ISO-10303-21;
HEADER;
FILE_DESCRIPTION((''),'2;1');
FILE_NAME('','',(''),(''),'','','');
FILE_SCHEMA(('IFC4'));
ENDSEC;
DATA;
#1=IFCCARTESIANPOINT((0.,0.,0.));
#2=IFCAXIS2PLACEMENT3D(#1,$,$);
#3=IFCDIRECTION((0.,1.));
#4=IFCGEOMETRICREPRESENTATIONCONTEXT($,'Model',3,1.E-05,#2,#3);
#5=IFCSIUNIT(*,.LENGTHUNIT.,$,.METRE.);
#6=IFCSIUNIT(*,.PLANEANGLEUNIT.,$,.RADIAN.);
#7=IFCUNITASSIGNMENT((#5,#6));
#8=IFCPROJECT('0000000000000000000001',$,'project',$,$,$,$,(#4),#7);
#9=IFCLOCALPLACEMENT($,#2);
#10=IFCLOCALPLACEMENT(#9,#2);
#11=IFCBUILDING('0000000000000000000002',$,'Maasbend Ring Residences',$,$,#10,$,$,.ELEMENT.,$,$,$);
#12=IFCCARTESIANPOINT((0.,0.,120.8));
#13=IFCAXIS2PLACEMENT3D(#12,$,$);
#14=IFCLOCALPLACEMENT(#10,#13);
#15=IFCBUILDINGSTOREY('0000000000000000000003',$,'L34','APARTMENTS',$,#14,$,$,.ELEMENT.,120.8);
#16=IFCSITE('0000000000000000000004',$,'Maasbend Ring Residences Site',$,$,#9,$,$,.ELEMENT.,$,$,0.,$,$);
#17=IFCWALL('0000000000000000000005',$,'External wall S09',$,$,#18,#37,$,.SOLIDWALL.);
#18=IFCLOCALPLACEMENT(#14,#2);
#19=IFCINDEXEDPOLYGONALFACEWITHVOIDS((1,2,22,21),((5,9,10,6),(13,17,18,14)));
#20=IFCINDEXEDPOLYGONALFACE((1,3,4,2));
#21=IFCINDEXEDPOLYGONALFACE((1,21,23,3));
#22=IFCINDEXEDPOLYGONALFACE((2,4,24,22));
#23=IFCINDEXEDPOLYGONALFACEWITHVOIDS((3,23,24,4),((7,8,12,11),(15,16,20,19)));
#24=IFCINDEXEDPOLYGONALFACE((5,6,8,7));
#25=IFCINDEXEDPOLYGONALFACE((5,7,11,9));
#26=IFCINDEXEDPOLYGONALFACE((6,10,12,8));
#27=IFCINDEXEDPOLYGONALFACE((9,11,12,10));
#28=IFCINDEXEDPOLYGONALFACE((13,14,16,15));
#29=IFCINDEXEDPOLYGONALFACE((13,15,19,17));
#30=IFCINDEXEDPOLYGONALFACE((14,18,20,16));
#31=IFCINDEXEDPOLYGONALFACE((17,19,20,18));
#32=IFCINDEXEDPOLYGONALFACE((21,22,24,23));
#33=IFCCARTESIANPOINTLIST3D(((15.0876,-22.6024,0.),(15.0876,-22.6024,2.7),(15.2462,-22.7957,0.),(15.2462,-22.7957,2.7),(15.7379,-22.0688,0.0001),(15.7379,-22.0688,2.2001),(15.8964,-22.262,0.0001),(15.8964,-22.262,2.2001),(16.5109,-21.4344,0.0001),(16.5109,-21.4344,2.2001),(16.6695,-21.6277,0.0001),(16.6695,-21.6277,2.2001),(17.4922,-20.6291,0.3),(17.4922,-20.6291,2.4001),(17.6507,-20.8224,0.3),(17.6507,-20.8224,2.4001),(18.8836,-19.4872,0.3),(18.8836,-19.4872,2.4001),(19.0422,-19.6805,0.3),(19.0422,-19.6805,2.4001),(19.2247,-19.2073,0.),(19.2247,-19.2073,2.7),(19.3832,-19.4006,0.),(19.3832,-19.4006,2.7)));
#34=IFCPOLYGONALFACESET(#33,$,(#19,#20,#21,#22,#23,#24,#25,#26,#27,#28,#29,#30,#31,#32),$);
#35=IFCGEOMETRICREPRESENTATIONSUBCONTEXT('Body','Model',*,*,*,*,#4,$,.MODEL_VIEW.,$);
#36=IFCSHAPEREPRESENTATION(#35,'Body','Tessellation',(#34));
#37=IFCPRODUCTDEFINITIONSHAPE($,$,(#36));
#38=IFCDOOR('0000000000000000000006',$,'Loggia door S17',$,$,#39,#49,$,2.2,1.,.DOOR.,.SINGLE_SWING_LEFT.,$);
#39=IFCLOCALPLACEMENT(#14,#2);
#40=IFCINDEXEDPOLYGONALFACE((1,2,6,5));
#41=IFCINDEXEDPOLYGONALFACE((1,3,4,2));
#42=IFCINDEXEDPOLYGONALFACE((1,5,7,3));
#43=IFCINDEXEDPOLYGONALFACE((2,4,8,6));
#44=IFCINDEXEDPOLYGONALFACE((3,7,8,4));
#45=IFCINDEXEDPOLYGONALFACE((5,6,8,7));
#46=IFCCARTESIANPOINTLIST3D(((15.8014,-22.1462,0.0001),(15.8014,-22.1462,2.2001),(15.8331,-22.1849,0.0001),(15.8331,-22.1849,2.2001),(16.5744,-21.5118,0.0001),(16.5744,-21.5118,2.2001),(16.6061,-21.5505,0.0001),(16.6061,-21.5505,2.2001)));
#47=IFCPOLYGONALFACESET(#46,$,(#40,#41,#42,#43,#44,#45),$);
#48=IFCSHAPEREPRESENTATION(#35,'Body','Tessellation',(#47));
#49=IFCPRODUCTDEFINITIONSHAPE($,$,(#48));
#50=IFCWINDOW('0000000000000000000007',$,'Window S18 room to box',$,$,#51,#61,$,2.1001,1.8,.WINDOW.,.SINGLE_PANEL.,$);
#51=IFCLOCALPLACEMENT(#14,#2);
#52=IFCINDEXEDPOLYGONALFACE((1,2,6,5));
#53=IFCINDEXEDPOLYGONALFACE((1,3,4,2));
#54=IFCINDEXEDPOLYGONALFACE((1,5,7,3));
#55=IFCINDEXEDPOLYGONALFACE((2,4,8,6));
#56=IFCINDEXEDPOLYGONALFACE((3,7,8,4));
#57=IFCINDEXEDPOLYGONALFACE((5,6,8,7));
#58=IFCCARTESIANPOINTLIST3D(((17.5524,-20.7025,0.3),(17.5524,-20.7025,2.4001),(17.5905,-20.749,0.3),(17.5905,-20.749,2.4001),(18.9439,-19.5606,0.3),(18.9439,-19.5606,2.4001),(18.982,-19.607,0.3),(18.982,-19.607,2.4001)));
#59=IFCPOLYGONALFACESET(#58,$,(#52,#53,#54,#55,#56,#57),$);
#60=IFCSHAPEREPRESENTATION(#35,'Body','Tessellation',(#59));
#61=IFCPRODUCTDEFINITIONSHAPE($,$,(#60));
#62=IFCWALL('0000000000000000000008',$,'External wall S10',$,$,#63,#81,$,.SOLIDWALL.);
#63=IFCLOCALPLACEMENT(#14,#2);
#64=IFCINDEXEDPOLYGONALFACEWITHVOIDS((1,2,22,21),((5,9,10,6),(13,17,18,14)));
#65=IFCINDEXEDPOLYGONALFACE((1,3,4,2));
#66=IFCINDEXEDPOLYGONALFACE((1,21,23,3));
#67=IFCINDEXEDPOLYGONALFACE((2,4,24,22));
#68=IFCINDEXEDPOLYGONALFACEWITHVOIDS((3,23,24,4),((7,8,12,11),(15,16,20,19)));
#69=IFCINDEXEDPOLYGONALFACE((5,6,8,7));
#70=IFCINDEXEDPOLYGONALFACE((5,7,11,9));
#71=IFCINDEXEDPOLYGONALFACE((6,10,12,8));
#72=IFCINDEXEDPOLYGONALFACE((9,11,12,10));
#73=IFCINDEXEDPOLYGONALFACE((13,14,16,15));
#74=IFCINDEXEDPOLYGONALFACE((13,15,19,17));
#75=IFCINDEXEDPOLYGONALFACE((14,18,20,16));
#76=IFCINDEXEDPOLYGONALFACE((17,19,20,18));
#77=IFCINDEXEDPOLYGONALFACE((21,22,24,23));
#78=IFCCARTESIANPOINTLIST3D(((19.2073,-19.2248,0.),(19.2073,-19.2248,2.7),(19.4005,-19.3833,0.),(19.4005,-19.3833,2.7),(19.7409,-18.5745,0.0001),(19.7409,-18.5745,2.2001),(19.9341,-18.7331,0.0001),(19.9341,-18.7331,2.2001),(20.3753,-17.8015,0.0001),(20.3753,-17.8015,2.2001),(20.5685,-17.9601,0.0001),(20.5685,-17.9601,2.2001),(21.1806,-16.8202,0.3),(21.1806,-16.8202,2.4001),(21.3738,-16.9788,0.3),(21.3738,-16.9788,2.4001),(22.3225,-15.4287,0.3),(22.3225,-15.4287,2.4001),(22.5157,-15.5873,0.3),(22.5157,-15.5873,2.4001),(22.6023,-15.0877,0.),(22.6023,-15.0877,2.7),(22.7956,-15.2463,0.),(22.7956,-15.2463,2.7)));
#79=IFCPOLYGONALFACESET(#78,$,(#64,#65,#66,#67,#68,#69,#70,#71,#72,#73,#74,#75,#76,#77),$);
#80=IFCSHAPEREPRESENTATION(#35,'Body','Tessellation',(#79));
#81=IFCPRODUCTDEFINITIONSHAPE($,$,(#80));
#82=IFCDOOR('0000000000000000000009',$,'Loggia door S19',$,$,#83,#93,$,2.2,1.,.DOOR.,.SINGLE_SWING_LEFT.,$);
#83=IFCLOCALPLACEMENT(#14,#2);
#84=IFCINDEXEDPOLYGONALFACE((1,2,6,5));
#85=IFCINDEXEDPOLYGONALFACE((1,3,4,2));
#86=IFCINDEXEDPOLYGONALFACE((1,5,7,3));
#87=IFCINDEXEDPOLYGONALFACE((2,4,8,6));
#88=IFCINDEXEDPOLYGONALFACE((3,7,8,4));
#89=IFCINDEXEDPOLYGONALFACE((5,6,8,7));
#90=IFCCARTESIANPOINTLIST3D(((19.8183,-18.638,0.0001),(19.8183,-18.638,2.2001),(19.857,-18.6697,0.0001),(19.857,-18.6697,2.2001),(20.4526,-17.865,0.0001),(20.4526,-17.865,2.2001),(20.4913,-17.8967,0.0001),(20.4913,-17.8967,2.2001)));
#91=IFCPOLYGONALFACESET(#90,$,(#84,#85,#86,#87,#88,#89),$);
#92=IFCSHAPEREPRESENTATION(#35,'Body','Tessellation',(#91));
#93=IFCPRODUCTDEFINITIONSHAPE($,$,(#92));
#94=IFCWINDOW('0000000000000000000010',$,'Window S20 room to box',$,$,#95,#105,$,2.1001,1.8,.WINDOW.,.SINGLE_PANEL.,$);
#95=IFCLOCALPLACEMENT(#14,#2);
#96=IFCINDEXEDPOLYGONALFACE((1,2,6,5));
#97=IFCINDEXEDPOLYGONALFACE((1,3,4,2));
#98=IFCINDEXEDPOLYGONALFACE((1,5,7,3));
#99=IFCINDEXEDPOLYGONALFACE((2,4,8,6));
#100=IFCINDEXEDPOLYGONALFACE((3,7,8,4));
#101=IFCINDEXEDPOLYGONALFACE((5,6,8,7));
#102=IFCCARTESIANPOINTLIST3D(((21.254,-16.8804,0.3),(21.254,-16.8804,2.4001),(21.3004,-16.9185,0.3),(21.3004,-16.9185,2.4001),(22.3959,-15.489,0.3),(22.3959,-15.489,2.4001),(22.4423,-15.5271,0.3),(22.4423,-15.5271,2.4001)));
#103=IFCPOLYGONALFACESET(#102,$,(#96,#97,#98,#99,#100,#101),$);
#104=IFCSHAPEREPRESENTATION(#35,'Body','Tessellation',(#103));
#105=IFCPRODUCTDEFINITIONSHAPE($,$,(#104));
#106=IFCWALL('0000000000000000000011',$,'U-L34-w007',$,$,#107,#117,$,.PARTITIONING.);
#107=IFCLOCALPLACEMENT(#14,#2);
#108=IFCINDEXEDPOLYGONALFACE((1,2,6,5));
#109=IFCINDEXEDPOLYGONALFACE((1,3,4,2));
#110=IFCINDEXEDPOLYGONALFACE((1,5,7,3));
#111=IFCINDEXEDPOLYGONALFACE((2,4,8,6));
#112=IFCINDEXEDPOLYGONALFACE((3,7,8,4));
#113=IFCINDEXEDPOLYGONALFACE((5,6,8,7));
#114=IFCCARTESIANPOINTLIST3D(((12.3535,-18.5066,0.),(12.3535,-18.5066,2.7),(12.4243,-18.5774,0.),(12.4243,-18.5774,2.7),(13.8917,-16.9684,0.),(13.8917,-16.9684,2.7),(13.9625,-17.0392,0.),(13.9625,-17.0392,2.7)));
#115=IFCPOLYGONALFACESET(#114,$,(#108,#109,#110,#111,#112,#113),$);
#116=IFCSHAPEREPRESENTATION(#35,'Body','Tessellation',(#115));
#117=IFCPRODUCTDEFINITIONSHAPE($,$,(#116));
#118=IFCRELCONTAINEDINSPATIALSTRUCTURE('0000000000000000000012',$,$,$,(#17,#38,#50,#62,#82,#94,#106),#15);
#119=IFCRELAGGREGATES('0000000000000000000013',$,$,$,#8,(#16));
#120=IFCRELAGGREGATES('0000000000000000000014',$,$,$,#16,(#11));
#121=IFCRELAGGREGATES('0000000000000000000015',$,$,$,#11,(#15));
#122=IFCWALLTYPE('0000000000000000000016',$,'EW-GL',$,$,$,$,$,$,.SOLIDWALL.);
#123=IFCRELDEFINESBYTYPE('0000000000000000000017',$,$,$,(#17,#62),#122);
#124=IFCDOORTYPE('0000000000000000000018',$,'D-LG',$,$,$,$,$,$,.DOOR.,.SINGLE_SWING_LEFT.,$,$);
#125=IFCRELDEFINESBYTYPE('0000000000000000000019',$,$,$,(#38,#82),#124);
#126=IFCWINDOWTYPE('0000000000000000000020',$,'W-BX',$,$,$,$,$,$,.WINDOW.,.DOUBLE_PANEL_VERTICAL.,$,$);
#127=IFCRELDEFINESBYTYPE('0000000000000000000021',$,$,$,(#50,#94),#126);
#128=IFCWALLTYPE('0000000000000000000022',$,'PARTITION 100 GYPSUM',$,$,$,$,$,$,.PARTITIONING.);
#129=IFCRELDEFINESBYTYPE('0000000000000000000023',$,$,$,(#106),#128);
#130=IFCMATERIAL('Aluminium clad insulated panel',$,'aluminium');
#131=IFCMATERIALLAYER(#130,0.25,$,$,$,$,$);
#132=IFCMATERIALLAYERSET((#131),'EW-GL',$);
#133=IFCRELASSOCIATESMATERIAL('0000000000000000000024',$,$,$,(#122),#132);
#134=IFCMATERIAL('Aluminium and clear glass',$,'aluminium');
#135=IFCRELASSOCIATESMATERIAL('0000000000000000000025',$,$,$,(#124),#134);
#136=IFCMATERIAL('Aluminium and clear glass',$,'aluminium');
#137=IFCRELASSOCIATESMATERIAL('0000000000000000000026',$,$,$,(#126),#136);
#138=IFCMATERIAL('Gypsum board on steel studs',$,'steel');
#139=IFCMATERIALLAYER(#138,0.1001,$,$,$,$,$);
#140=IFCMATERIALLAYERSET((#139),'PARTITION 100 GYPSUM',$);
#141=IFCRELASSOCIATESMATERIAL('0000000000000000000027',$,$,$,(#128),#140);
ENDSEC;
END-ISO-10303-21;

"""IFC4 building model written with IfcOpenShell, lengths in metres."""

from ifc_helpers import new_model, si_unit, direction, frame, frame_2d, origin, place, context, subcontext, project, spatial, rectangle, extrude, material, layer, layer_set, type_object, element, fill, save


model = new_model("IFC4")

# Units and contexts
model_context = context("Model", 3, precision=1e-05, world=origin(), true_north=direction((0.0, 1.0)))
body_context = subcontext(model_context, "Body", "Model", "MODEL_VIEW")
ifc_project = project(units=[si_unit("LENGTHUNIT", "METRE"), si_unit("PLANEANGLEUNIT", "RADIAN")], contexts=[model_context])

# Site, building, storey
site_placement = place(None, origin())
site = spatial("IfcSite", under=ifc_project, at=site_placement, Name="Maasbend Ring Residences Site", CompositionType="ELEMENT", RefElevation=0.0)
building_placement = place(site_placement, origin())
building = spatial("IfcBuilding", under=site, at=building_placement, Name="Maasbend Ring Residences", CompositionType="ELEMENT")
storey_placement = place(building_placement, frame((0.0, 0.0, 120.8)))
storey = spatial("IfcBuildingStorey", under=building, at=storey_placement, Name="L34", Description="APARTMENTS", CompositionType="ELEMENT", Elevation=120.8)

# Walls, openings, doors, windows
ifc_material_1 = material(Name="Aluminium clad insulated panel", Category="aluminium")
ifc_layer_1 = layer(ifc_material_1, 0.25)
ifc_layer_set_1 = layer_set([ifc_layer_1], Name="EW-GL")
wall_type_1 = type_object("IfcWallType", Name="EW-GL", PredefinedType="SOLIDWALL", material=ifc_layer_set_1)
wall_1_placement = place(storey_placement, frame((15.167, -22.699, 0.0), z_axis=(0.0, 0.0, 1.0), x_axis=(0.773019, 0.634382, 0.0)))
wall_1 = element("IfcWall", 1, at=wall_1_placement, inside=storey, type_object=wall_type_1, Name="External wall S09", PredefinedType="SOLIDWALL", context=body_context, shape_type="SweptSolid", body=[
    extrude(rectangle(XDim=5.3518, YDim=0.25, at=frame_2d((2.6758, 0.0))), origin(), (0.0, 0.0, 1.0), 2.7),
])
opening_1_placement = place(wall_1_placement, frame((0.8411, 0.0, 0.0)))
opening_1 = element("IfcOpeningElement", 2, at=opening_1_placement, cuts=wall_1, PredefinedType="OPENING", context=body_context, shape_type="SweptSolid", body=[
    extrude(rectangle(XDim=1.0, YDim=2.2, at=frame_2d((0.5, 1.1001))), frame((0.0, 0.135, 0.0), z_axis=(0.0, -1.0, 0.0), x_axis=(1.0, 0.0, 0.0)), (0.0, 0.0, 1.0), 0.27),
])
opening_2_placement = place(wall_1_placement, frame((3.1106, 0.0, 0.3)))
opening_2 = element("IfcOpeningElement", 3, at=opening_2_placement, cuts=wall_1, PredefinedType="OPENING", context=body_context, shape_type="SweptSolid", body=[
    extrude(rectangle(XDim=1.8, YDim=2.1001, at=frame_2d((0.8999, 1.05))), frame((0.0, 0.135, 0.0), z_axis=(0.0, -1.0, 0.0), x_axis=(1.0, 0.0, 0.0)), (0.0, 0.0, 1.0), 0.27),
])
ifc_material_2 = material(Name="Aluminium and clear glass", Category="aluminium")
door_type = type_object("IfcDoorType", Name="D-LG", OperationType="SINGLE_SWING_LEFT", PredefinedType="DOOR", material=ifc_material_2)
door_1_placement = place(opening_1_placement, origin())
door_1 = element("IfcDoor", 4, at=door_1_placement, inside=storey, type_object=door_type, Name="Loggia door S17", OperationType="SINGLE_SWING_LEFT", OverallHeight=2.2, OverallWidth=1.0, PredefinedType="DOOR", context=body_context, shape_type="SweptSolid", body=[
    extrude(rectangle(XDim=1.0, YDim=2.2, at=frame_2d((0.5, 1.1001))), frame((0.0, 0.0249, 0.0), z_axis=(0.0, -1.0, 0.0), x_axis=(1.0, 0.0, 0.0)), (0.0, 0.0, 1.0), 0.05),
])
fill(opening_1, door_1)
ifc_material_3 = material(Name="Aluminium and clear glass", Category="aluminium")
window_type_1 = type_object("IfcWindowType", Name="W-BX", PartitioningType="DOUBLE_PANEL_VERTICAL", PredefinedType="WINDOW", material=ifc_material_3)
window_1_placement = place(opening_2_placement, origin())
window_1 = element("IfcWindow", 5, at=window_1_placement, inside=storey, type_object=window_type_1, Name="Window S18 room to box", OverallHeight=2.1001, OverallWidth=1.8, PartitioningType="SINGLE_PANEL", PredefinedType="WINDOW", context=body_context, shape_type="SweptSolid", body=[
    extrude(rectangle(XDim=1.8, YDim=2.1001, at=frame_2d((0.8999, 1.05))), frame((0.0, 0.03, 0.0), z_axis=(0.0, -1.0, 0.0), x_axis=(1.0, 0.0, 0.0)), (0.0, 0.0, 1.0), 0.0601),
])
fill(opening_2, window_1)
wall_2_placement = place(storey_placement, frame((19.304, -19.304, 0.0), z_axis=(0.0, 0.0, 1.0), x_axis=(0.634382, 0.773019, 0.0)))
wall_2 = element("IfcWall", 6, at=wall_2_placement, inside=storey, type_object=wall_type_1, Name="External wall S10", PredefinedType="SOLIDWALL", context=body_context, shape_type="SweptSolid", body=[
    extrude(rectangle(XDim=5.3518, YDim=0.25, at=frame_2d((2.6758, 0.0))), origin(), (0.0, 0.0, 1.0), 2.7),
])
opening_3_placement = place(wall_2_placement, frame((0.8411, 0.0, 0.0)))
opening_3 = element("IfcOpeningElement", 7, at=opening_3_placement, cuts=wall_2, PredefinedType="OPENING", context=body_context, shape_type="SweptSolid", body=[
    extrude(rectangle(XDim=1.0, YDim=2.2, at=frame_2d((0.5, 1.1001))), frame((0.0, 0.135, 0.0), z_axis=(0.0, -1.0, 0.0), x_axis=(1.0, 0.0, 0.0)), (0.0, 0.0, 1.0), 0.27),
])
opening_4_placement = place(wall_2_placement, frame((3.1106, 0.0, 0.3)))
opening_4 = element("IfcOpeningElement", 8, at=opening_4_placement, cuts=wall_2, PredefinedType="OPENING", context=body_context, shape_type="SweptSolid", body=[
    extrude(rectangle(XDim=1.8, YDim=2.1001, at=frame_2d((0.8999, 1.05))), frame((0.0, 0.135, 0.0), z_axis=(0.0, -1.0, 0.0), x_axis=(1.0, 0.0, 0.0)), (0.0, 0.0, 1.0), 0.27),
])
door_2_placement = place(opening_3_placement, origin())
door_2 = element("IfcDoor", 9, at=door_2_placement, inside=storey, type_object=door_type, Name="Loggia door S19", OperationType="SINGLE_SWING_LEFT", OverallHeight=2.2, OverallWidth=1.0, PredefinedType="DOOR", context=body_context, shape_type="SweptSolid", body=[
    extrude(rectangle(XDim=1.0, YDim=2.2, at=frame_2d((0.5, 1.1001))), frame((0.0, 0.0249, 0.0), z_axis=(0.0, -1.0, 0.0), x_axis=(1.0, 0.0, 0.0)), (0.0, 0.0, 1.0), 0.05),
])
fill(opening_3, door_2)
window_2_placement = place(opening_4_placement, origin())
window_2 = element("IfcWindow", 10, at=window_2_placement, inside=storey, type_object=window_type_1, Name="Window S20 room to box", OverallHeight=2.1001, OverallWidth=1.8, PartitioningType="SINGLE_PANEL", PredefinedType="WINDOW", context=body_context, shape_type="SweptSolid", body=[
    extrude(rectangle(XDim=1.8, YDim=2.1001, at=frame_2d((0.8999, 1.05))), frame((0.0, 0.03, 0.0), z_axis=(0.0, -1.0, 0.0), x_axis=(1.0, 0.0, 0.0)), (0.0, 0.0, 1.0), 0.0601),
])
fill(opening_4, window_2)

# Wall
ifc_material_4 = material(Name="Gypsum board on steel studs", Category="steel")
ifc_layer_2 = layer(ifc_material_4, 0.1001)
ifc_layer_set_2 = layer_set([ifc_layer_2], Name="PARTITION 100 GYPSUM")
wall_type_2 = type_object("IfcWallType", Name="PARTITION 100 GYPSUM", PredefinedType="PARTITIONING", material=ifc_layer_set_2)
wall_3_placement = place(storey_placement, frame((12.3889, -18.542, 0.0), z_axis=(0.0, 0.0, 1.0), x_axis=(0.707107, 0.707107, 0.0)))
element("IfcWall", 11, at=wall_3_placement, inside=storey, type_object=wall_type_2, Name="U-L34-w007", PredefinedType="PARTITIONING", context=body_context, shape_type="SweptSolid", body=[
    extrude(rectangle(XDim=2.1753, YDim=0.1001, at=frame_2d((1.0876, 0.0))), origin(), (0.0, 0.0, 1.0), 2.7),
])

save(model, "model.ifc")
